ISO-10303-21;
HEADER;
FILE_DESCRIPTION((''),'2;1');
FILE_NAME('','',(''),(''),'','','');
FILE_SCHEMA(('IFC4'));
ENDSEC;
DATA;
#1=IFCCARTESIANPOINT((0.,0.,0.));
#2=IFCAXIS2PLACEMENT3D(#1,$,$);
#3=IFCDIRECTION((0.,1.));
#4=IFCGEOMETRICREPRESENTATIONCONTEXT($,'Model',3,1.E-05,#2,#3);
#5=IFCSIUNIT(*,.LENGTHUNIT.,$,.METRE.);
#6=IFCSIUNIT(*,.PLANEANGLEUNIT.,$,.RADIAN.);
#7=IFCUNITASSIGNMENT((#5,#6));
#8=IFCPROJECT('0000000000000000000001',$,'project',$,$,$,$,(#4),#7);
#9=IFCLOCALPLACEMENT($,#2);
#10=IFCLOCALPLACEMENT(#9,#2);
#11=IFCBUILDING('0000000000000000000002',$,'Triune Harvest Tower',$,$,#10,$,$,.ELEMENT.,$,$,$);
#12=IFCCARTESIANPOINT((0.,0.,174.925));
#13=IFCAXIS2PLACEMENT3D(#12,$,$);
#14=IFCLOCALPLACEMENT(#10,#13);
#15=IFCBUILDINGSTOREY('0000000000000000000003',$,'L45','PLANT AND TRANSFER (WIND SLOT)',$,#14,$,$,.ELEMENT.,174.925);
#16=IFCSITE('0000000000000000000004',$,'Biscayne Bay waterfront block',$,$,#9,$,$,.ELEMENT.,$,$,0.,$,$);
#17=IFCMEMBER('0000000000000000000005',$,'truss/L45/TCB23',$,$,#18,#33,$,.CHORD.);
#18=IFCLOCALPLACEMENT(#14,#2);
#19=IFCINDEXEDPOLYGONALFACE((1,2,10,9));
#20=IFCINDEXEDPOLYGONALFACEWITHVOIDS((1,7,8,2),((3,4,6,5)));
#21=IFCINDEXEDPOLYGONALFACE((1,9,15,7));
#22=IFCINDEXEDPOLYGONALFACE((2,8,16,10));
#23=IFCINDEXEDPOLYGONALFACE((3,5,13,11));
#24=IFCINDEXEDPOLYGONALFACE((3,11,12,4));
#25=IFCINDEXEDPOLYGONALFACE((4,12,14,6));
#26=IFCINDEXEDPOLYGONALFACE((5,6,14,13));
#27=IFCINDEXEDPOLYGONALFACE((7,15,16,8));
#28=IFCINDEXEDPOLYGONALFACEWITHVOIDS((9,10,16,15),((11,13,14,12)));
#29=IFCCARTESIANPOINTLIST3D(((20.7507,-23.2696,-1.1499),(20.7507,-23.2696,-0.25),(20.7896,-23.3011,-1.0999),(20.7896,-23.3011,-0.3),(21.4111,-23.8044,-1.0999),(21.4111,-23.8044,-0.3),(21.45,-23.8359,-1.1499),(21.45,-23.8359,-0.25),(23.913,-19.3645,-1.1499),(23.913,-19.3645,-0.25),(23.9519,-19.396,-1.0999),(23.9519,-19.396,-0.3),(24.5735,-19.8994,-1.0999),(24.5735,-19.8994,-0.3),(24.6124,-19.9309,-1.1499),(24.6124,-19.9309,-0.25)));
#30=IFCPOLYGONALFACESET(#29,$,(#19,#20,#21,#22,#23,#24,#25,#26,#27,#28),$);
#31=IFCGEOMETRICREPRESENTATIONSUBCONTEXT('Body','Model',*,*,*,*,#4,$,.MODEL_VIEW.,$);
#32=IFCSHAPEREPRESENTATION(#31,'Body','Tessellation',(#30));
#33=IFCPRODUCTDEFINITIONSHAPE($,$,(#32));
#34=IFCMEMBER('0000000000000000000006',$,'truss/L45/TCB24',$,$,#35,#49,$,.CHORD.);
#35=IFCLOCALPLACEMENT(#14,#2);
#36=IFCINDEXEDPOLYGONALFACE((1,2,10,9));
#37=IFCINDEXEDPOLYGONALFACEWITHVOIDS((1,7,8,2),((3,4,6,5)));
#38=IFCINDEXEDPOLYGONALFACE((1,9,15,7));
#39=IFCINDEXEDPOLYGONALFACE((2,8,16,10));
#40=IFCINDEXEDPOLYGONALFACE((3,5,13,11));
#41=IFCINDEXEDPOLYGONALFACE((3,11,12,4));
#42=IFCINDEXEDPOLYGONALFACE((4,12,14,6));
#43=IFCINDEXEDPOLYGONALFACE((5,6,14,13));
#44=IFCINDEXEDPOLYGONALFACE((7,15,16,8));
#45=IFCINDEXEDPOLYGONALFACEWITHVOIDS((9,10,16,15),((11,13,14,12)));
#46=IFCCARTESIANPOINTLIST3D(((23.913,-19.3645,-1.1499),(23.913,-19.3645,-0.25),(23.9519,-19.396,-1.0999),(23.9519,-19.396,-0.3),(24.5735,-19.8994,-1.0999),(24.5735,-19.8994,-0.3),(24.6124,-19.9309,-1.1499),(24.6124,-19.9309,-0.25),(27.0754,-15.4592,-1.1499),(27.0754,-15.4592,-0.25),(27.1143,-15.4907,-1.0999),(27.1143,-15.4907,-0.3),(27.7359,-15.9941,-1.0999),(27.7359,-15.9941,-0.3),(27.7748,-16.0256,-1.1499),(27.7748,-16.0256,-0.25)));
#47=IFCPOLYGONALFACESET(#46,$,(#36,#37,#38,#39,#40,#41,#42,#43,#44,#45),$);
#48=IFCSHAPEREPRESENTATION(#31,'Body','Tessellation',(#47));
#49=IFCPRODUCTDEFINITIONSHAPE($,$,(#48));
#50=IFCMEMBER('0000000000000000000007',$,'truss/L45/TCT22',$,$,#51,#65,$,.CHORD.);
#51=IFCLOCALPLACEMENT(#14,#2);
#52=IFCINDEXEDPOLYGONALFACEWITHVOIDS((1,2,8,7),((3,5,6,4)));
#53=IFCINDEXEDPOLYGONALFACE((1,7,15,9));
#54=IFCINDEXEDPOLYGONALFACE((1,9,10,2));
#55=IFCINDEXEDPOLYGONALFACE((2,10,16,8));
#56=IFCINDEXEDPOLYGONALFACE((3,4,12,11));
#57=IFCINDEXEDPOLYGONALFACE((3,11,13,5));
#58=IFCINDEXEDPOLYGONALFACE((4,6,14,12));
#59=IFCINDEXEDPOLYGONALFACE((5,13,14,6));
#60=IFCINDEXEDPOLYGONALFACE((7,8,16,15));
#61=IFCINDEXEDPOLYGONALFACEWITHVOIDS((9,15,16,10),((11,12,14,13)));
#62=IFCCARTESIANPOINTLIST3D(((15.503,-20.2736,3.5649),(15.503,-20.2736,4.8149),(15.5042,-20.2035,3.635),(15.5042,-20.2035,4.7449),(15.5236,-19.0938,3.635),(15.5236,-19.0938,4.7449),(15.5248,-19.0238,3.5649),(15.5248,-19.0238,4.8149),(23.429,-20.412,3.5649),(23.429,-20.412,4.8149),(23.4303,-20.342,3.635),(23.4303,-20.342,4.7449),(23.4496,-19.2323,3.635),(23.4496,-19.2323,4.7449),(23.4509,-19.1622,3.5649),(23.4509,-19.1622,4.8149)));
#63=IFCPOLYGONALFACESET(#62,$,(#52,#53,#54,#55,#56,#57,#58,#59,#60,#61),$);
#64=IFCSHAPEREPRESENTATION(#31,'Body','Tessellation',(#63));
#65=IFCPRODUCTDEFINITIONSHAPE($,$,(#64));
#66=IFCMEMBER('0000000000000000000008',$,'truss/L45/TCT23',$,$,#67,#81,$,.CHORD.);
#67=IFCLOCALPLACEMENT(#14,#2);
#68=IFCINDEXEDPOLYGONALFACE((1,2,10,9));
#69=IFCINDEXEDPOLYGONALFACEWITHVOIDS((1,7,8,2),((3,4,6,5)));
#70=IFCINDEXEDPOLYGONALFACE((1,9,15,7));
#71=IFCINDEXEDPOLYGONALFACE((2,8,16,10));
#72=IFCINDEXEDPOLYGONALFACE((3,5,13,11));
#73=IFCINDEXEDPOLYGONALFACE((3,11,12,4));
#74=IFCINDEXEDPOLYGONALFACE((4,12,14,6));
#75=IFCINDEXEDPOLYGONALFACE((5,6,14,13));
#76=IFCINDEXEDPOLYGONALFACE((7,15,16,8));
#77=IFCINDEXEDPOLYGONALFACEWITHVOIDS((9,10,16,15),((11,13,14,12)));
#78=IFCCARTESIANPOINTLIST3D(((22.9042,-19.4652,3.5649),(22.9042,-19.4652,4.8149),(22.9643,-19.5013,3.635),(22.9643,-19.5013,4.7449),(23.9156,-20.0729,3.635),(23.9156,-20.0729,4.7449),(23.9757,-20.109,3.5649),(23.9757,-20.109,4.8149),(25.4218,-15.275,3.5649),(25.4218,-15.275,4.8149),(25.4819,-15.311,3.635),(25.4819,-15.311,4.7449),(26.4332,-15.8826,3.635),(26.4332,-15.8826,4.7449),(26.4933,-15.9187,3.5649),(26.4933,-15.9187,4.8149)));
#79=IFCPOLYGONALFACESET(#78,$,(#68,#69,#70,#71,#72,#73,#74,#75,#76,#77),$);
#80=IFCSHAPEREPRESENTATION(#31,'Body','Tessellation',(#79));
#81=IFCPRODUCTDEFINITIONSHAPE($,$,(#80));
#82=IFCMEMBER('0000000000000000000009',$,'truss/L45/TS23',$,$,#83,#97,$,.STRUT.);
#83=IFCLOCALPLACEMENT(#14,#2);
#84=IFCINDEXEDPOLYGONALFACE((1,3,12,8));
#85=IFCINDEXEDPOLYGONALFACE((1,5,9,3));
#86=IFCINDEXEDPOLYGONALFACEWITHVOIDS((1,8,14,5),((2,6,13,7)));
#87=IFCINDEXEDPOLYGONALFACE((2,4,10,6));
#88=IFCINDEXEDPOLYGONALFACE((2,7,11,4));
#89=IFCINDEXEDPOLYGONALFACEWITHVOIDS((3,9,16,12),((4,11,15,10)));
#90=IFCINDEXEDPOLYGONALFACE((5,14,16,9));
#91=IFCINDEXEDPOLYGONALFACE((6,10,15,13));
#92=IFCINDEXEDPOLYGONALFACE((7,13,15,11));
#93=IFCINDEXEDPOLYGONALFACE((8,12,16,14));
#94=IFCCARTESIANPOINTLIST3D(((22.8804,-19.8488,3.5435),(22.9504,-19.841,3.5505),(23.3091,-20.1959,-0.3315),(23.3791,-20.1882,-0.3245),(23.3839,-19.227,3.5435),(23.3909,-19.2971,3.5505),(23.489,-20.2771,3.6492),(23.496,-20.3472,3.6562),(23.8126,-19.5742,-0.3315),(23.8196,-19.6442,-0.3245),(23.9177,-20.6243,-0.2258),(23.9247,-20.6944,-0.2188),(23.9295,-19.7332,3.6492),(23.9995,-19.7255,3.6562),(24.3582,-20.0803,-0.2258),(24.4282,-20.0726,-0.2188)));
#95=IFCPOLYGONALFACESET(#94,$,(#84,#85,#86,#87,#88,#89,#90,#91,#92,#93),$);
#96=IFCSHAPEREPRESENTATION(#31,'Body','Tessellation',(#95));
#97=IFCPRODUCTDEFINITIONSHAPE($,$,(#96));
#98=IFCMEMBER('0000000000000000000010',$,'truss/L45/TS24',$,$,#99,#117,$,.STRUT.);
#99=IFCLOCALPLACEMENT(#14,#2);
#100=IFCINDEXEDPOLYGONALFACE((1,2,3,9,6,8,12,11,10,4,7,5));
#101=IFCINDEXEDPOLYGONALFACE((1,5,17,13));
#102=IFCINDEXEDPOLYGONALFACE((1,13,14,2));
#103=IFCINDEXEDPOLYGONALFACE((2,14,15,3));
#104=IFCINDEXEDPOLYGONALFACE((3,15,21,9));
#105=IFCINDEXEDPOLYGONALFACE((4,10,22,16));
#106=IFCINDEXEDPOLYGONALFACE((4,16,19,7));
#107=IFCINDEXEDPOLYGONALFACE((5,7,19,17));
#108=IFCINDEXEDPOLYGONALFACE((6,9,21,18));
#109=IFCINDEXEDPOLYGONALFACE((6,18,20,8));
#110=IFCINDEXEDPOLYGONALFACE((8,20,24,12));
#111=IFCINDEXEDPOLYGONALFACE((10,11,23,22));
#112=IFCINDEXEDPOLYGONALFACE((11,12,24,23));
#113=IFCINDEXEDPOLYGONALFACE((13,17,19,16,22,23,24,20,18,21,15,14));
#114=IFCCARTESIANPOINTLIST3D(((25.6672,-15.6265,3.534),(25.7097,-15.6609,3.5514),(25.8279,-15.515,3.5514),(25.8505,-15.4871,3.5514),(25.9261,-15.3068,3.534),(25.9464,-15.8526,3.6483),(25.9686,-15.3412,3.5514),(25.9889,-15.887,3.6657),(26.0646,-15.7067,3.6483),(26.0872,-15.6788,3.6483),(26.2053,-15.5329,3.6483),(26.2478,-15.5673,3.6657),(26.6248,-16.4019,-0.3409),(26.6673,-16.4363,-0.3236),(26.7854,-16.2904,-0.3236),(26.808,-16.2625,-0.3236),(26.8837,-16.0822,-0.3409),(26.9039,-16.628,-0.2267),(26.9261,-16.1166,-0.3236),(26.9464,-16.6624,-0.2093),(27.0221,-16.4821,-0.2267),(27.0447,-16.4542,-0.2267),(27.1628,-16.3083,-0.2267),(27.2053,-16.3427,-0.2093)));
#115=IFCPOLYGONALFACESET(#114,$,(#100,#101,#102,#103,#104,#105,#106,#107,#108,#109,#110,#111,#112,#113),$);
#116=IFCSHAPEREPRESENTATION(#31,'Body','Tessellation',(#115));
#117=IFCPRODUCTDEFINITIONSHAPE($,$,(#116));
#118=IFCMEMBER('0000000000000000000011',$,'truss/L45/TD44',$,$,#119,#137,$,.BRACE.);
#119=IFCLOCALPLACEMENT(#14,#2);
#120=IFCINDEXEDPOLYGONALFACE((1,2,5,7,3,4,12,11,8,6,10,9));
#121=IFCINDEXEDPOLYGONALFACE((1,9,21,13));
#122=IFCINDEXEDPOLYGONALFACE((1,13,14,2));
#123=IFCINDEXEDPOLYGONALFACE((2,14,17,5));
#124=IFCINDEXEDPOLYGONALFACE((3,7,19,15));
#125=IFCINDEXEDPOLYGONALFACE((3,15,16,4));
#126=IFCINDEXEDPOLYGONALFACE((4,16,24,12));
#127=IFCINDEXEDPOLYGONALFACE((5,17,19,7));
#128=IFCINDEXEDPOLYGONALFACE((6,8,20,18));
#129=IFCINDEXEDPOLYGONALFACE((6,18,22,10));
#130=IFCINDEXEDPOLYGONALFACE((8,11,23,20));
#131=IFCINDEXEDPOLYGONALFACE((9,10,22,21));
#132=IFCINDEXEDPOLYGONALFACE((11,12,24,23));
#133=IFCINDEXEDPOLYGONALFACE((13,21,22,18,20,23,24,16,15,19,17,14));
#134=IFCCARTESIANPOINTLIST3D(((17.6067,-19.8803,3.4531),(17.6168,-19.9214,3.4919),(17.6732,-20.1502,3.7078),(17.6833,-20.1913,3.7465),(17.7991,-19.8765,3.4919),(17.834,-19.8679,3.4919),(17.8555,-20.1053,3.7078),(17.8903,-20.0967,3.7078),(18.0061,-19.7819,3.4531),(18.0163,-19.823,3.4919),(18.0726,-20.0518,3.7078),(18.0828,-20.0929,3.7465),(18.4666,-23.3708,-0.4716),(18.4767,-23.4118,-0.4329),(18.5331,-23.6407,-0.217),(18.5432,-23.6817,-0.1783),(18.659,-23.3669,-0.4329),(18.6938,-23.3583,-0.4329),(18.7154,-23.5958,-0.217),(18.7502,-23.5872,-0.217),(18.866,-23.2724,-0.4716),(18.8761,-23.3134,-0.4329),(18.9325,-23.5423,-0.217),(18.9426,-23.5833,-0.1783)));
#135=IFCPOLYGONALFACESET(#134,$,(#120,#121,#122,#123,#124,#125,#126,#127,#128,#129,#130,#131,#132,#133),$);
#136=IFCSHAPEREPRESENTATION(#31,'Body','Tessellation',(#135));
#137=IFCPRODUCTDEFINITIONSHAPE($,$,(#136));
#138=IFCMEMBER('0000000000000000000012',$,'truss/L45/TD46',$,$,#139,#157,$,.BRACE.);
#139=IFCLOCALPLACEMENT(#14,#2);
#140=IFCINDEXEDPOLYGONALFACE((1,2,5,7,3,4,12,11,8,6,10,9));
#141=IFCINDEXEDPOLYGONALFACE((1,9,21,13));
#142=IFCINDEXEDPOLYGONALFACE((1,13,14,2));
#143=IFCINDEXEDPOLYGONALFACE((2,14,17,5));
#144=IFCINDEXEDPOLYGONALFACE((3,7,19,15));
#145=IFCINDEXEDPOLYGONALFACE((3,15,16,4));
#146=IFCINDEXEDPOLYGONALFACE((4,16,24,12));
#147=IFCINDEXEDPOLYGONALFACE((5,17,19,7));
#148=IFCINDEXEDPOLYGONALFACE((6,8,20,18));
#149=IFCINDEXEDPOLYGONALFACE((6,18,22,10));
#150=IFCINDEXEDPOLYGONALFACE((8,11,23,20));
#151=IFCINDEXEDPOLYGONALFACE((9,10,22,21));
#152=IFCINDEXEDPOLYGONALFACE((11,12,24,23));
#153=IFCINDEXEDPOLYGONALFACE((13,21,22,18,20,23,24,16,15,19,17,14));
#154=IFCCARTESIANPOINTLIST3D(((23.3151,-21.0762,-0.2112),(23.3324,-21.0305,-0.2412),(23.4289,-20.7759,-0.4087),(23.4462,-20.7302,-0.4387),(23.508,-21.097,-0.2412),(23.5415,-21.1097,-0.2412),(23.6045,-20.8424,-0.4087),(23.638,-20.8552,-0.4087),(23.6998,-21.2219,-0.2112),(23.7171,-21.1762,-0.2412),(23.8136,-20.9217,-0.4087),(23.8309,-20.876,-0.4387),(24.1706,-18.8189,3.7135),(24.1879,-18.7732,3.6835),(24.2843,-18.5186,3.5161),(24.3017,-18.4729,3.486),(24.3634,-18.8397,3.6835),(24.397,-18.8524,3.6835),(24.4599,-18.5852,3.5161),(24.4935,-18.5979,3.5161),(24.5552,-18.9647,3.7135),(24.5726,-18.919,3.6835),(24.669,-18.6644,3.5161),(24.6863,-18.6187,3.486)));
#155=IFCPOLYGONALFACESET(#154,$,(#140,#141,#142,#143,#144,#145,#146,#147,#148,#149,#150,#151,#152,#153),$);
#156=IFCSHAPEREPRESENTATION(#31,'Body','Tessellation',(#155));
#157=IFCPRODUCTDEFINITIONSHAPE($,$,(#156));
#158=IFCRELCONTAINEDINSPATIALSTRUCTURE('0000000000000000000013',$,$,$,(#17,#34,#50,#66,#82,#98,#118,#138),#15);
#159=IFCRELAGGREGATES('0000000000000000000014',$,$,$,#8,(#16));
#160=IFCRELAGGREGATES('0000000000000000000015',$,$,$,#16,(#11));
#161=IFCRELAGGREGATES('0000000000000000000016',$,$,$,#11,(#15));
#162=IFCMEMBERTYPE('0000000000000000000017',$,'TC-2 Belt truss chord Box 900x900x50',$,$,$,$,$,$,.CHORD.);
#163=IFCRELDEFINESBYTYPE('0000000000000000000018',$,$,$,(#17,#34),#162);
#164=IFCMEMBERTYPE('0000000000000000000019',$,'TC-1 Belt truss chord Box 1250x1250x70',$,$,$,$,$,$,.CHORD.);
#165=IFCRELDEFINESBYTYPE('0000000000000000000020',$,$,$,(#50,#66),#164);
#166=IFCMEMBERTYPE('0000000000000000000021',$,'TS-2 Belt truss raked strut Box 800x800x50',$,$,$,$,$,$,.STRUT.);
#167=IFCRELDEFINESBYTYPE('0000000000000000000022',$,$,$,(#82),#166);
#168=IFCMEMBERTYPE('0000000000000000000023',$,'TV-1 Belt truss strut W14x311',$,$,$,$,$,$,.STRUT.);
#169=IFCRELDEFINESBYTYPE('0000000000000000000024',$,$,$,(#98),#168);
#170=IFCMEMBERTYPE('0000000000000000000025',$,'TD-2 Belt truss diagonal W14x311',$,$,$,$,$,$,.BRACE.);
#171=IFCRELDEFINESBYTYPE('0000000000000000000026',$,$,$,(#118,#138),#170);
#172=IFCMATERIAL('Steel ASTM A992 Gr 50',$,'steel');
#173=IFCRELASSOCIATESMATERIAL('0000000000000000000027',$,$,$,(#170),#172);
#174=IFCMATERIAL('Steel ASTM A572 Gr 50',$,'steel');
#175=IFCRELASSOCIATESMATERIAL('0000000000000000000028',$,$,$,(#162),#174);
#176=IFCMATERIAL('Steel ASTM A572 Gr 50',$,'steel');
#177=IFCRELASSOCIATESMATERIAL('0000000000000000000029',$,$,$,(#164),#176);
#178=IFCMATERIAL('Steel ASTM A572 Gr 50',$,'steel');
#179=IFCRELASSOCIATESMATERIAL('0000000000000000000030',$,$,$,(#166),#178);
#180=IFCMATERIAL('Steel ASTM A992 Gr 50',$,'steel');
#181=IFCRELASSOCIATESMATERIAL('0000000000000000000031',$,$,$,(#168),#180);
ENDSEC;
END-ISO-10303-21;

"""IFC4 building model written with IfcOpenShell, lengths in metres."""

from ifc_helpers import new_model, si_unit, direction, frame, origin, origin_2d, place, context, subcontext, project, spatial, hollow_rectangle, i_section, extrude, source, transform, mapped, material, material_profile, profile_set, type_object, element, save


model = new_model("IFC4")

# Units and contexts
model_context = context("Model", 3, precision=1e-05, world=origin(), true_north=direction((0.0, 1.0)))
body_context = subcontext(model_context, "Body", "Model", "MODEL_VIEW")
ifc_project = project(units=[si_unit("LENGTHUNIT", "METRE"), si_unit("PLANEANGLEUNIT", "RADIAN")], contexts=[model_context])

# Site, building, storey
site_placement = place(None, origin())
site = spatial("IfcSite", under=ifc_project, at=site_placement, Name="Biscayne Bay waterfront block", CompositionType="ELEMENT", RefElevation=0.0)
building_placement = place(site_placement, origin())
building = spatial("IfcBuilding", under=site, at=building_placement, Name="Triune Harvest Tower", CompositionType="ELEMENT")
storey_placement = place(building_placement, frame((0.0, 0.0, 174.925)))
storey = spatial("IfcBuildingStorey", under=building, at=storey_placement, Name="L45", Description="PLANT AND TRANSFER (WIND SLOT)", CompositionType="ELEMENT", Elevation=174.925)

# Shared definitions
ifc_material_1 = material(Name="Steel ASTM A992 Gr 50", Category="steel")
ifc_material_profile_1 = material_profile(ifc_material_1, i_section(OverallWidth=0.4114, OverallDepth=0.4343, WebThickness=0.0359, FlangeThickness=0.0574, at=origin_2d()), Name="W14x311")
ifc_profile_set_1 = profile_set([ifc_material_profile_1], Name="Steel ASTM A992 Gr 50")
member_type_1 = type_object("IfcMemberType", Name="TD-2 Belt truss diagonal W14x311", PredefinedType="BRACE", material=ifc_profile_set_1)

# Members
ifc_material_2 = material(Name="Steel ASTM A572 Gr 50", Category="steel")
ifc_material_profile_2 = material_profile(ifc_material_2, hollow_rectangle(XDim=0.8999, YDim=0.8999, WallThickness=0.05, at=origin_2d()), Name="Box 900x900x50")
ifc_profile_set_2 = profile_set([ifc_material_profile_2], Name="Steel ASTM A572 Gr 50")
member_type_2 = type_object("IfcMemberType", Name="TC-2 Belt truss chord Box 900x900x50", PredefinedType="CHORD", material=ifc_profile_set_2)
shared_shape_1 = source(origin(), body_context, "Body", "SweptSolid", [
    extrude(hollow_rectangle(XDim=0.8999, YDim=0.8999, WallThickness=0.05, at=origin_2d()), origin(), (0.0, 0.0, 1.0), 5.0249),
])
member_1_placement = place(storey_placement, frame((21.1003, -23.5527, -0.7), z_axis=(0.629335, 0.777134, 0.0), x_axis=(-0.777134, 0.629335, 0.0)))
element("IfcMember", 1, at=member_1_placement, inside=storey, type_object=member_type_2, Name="truss/L45/TCB23", PredefinedType="CHORD", context=body_context, shape_type="MappedRepresentation", body=[
    mapped(shared_shape_1, transform((0.0, 0.0, 0.0), scale=1.0)),
])
shared_shape_2 = source(origin(), body_context, "Body", "SweptSolid", [
    extrude(hollow_rectangle(XDim=0.8999, YDim=0.8999, WallThickness=0.05, at=origin_2d()), origin(), (0.0, 0.0, 1.0), 5.0251),
])
member_2_placement = place(storey_placement, frame((24.2627, -19.6477, -0.7), z_axis=(0.629311, 0.777153, 0.0), x_axis=(-0.777153, 0.629311, 0.0)))
element("IfcMember", 2, at=member_2_placement, inside=storey, type_object=member_type_2, Name="truss/L45/TCB24", PredefinedType="CHORD", context=body_context, shape_type="MappedRepresentation", body=[
    mapped(shared_shape_2, transform((0.0, 0.0, 0.0), scale=1.0)),
])
ifc_material_3 = material(Name="Steel ASTM A572 Gr 50", Category="steel")
ifc_material_profile_3 = material_profile(ifc_material_3, hollow_rectangle(XDim=1.25, YDim=1.25, WallThickness=0.0701, at=origin_2d()), Name="Box 1250x1250x70")
ifc_profile_set_3 = profile_set([ifc_material_profile_3], Name="Steel ASTM A572 Gr 50")
member_type_3 = type_object("IfcMemberType", Name="TC-1 Belt truss chord Box 1250x1250x70", PredefinedType="CHORD", material=ifc_profile_set_3)
shared_shape_3 = source(origin(), body_context, "Body", "SweptSolid", [
    extrude(hollow_rectangle(XDim=1.25, YDim=1.25, WallThickness=0.0701, at=origin_2d()), origin(), (0.0, 0.0, 1.0), 7.9272),
])
member_3_placement = place(storey_placement, frame((15.5139, -19.6487, 4.1899), z_axis=(0.999848, -0.017462, 0.0), x_axis=(0.017462, 0.999848, 0.0)))
element("IfcMember", 3, at=member_3_placement, inside=storey, type_object=member_type_3, Name="truss/L45/TCT22", PredefinedType="CHORD", context=body_context, shape_type="MappedRepresentation", body=[
    mapped(shared_shape_3, transform((0.0, 0.0, 0.0), scale=1.0)),
])
shared_shape_4 = source(origin(), body_context, "Body", "SweptSolid", [
    extrude(hollow_rectangle(XDim=1.25, YDim=1.25, WallThickness=0.0701, at=origin_2d()), origin(), (0.0, 0.0, 1.0), 4.8884),
])
member_4_placement = place(storey_placement, frame((23.4399, -19.7871, 4.1899), z_axis=(0.515017, 0.85718, 0.0), x_axis=(-0.85718, 0.515017, 0.0)))
element("IfcMember", 4, at=member_4_placement, inside=storey, type_object=member_type_3, Name="truss/L45/TCT23", PredefinedType="CHORD", context=body_context, shape_type="MappedRepresentation", body=[
    mapped(shared_shape_4, transform((0.0, 0.0, 0.0), scale=1.0)),
])
ifc_material_4 = material(Name="Steel ASTM A572 Gr 50", Category="steel")
ifc_material_profile_4 = material_profile(ifc_material_4, hollow_rectangle(XDim=0.8, YDim=0.8, WallThickness=0.05, at=origin_2d()), Name="Box 800x800x50")
ifc_profile_set_4 = profile_set([ifc_material_profile_4], Name="Steel ASTM A572 Gr 50")
member_type_4 = type_object("IfcMemberType", Name="TS-2 Belt truss raked strut Box 800x800x50", PredefinedType="STRUT", material=ifc_profile_set_4)
shared_shape_5 = source(origin(), body_context, "Body", "SweptSolid", [
    extrude(hollow_rectangle(XDim=0.8, YDim=0.8, WallThickness=0.05, at=origin_2d()), origin(), (0.0, 0.0, 1.0), 3.9141),
])
member_5_placement = place(storey_placement, frame((23.8687, -20.1343, -0.2751), z_axis=(-0.109531, 0.088697, 0.990018), x_axis=(-0.629326, -0.777142, 0.0)))
element("IfcMember", 5, at=member_5_placement, inside=storey, type_object=member_type_4, Name="truss/L45/TS23", PredefinedType="STRUT", context=body_context, shape_type="MappedRepresentation", body=[
    mapped(shared_shape_5, transform((0.0, 0.0, 0.0), scale=1.0)),
])
ifc_material_5 = material(Name="Steel ASTM A992 Gr 50", Category="steel")
ifc_material_profile_5 = material_profile(ifc_material_5, i_section(OverallWidth=0.4114, OverallDepth=0.4343, WebThickness=0.0359, FlangeThickness=0.0574, at=origin_2d()), Name="W14x311")
ifc_profile_set_5 = profile_set([ifc_material_profile_5], Name="Steel ASTM A992 Gr 50")
member_type_5 = type_object("IfcMemberType", Name="TV-1 Belt truss strut W14x311", PredefinedType="STRUT", material=ifc_profile_set_5)
shared_shape_6 = source(origin(), body_context, "Body", "SweptSolid", [
    extrude(i_section(OverallWidth=0.4114, OverallDepth=0.4343, WebThickness=0.0359, FlangeThickness=0.0574, at=origin_2d()), origin(), (0.0, 0.0, 1.0), 4.0662),
])
member_6_placement = place(storey_placement, frame((26.915, -16.3723, -0.2751), z_axis=(-0.235485, 0.190693, 0.952986), x_axis=(-0.629324, -0.777143, 0.0)))
element("IfcMember", 6, at=member_6_placement, inside=storey, type_object=member_type_5, Name="truss/L45/TS24", PredefinedType="STRUT", context=body_context, shape_type="MappedRepresentation", body=[
    mapped(shared_shape_6, transform((0.0, 0.0, 0.0), scale=1.0)),
])
shared_shape_7 = source(origin(), body_context, "Body", "SweptSolid", [
    extrude(i_section(OverallWidth=0.4114, OverallDepth=0.4343, WebThickness=0.0359, FlangeThickness=0.0574, at=origin_2d()), origin(), (0.0, 0.0, 1.0), 5.3223),
])
member_7_placement = place(storey_placement, frame((18.7046, -23.4771, -0.325), z_axis=(-0.161559, 0.655821, 0.737426), x_axis=(-0.970972, -0.239194, 0.0)))
element("IfcMember", 7, at=member_7_placement, inside=storey, type_object=member_type_1, Name="truss/L45/TD44", PredefinedType="BRACE", context=body_context, shape_type="MappedRepresentation", body=[
    mapped(shared_shape_7, transform((0.0, 0.0, 0.0), scale=1.0)),
])
shared_shape_8 = source(origin(), body_context, "Body", "SweptSolid", [
    extrude(i_section(OverallWidth=0.4114, OverallDepth=0.4343, WebThickness=0.0359, FlangeThickness=0.0574, at=origin_2d()), origin(), (0.0, 0.0, 1.0), 4.6077),
])
member_8_placement = place(storey_placement, frame((23.573, -20.9761, -0.325), z_axis=(0.185658, 0.489896, 0.851782), x_axis=(-0.935102, 0.35438, 0.0)))
element("IfcMember", 8, at=member_8_placement, inside=storey, type_object=member_type_1, Name="truss/L45/TD46", PredefinedType="BRACE", context=body_context, shape_type="MappedRepresentation", body=[
    mapped(shared_shape_8, transform((0.0, 0.0, 0.0), scale=1.0)),
])

save(model, "model.ifc")
